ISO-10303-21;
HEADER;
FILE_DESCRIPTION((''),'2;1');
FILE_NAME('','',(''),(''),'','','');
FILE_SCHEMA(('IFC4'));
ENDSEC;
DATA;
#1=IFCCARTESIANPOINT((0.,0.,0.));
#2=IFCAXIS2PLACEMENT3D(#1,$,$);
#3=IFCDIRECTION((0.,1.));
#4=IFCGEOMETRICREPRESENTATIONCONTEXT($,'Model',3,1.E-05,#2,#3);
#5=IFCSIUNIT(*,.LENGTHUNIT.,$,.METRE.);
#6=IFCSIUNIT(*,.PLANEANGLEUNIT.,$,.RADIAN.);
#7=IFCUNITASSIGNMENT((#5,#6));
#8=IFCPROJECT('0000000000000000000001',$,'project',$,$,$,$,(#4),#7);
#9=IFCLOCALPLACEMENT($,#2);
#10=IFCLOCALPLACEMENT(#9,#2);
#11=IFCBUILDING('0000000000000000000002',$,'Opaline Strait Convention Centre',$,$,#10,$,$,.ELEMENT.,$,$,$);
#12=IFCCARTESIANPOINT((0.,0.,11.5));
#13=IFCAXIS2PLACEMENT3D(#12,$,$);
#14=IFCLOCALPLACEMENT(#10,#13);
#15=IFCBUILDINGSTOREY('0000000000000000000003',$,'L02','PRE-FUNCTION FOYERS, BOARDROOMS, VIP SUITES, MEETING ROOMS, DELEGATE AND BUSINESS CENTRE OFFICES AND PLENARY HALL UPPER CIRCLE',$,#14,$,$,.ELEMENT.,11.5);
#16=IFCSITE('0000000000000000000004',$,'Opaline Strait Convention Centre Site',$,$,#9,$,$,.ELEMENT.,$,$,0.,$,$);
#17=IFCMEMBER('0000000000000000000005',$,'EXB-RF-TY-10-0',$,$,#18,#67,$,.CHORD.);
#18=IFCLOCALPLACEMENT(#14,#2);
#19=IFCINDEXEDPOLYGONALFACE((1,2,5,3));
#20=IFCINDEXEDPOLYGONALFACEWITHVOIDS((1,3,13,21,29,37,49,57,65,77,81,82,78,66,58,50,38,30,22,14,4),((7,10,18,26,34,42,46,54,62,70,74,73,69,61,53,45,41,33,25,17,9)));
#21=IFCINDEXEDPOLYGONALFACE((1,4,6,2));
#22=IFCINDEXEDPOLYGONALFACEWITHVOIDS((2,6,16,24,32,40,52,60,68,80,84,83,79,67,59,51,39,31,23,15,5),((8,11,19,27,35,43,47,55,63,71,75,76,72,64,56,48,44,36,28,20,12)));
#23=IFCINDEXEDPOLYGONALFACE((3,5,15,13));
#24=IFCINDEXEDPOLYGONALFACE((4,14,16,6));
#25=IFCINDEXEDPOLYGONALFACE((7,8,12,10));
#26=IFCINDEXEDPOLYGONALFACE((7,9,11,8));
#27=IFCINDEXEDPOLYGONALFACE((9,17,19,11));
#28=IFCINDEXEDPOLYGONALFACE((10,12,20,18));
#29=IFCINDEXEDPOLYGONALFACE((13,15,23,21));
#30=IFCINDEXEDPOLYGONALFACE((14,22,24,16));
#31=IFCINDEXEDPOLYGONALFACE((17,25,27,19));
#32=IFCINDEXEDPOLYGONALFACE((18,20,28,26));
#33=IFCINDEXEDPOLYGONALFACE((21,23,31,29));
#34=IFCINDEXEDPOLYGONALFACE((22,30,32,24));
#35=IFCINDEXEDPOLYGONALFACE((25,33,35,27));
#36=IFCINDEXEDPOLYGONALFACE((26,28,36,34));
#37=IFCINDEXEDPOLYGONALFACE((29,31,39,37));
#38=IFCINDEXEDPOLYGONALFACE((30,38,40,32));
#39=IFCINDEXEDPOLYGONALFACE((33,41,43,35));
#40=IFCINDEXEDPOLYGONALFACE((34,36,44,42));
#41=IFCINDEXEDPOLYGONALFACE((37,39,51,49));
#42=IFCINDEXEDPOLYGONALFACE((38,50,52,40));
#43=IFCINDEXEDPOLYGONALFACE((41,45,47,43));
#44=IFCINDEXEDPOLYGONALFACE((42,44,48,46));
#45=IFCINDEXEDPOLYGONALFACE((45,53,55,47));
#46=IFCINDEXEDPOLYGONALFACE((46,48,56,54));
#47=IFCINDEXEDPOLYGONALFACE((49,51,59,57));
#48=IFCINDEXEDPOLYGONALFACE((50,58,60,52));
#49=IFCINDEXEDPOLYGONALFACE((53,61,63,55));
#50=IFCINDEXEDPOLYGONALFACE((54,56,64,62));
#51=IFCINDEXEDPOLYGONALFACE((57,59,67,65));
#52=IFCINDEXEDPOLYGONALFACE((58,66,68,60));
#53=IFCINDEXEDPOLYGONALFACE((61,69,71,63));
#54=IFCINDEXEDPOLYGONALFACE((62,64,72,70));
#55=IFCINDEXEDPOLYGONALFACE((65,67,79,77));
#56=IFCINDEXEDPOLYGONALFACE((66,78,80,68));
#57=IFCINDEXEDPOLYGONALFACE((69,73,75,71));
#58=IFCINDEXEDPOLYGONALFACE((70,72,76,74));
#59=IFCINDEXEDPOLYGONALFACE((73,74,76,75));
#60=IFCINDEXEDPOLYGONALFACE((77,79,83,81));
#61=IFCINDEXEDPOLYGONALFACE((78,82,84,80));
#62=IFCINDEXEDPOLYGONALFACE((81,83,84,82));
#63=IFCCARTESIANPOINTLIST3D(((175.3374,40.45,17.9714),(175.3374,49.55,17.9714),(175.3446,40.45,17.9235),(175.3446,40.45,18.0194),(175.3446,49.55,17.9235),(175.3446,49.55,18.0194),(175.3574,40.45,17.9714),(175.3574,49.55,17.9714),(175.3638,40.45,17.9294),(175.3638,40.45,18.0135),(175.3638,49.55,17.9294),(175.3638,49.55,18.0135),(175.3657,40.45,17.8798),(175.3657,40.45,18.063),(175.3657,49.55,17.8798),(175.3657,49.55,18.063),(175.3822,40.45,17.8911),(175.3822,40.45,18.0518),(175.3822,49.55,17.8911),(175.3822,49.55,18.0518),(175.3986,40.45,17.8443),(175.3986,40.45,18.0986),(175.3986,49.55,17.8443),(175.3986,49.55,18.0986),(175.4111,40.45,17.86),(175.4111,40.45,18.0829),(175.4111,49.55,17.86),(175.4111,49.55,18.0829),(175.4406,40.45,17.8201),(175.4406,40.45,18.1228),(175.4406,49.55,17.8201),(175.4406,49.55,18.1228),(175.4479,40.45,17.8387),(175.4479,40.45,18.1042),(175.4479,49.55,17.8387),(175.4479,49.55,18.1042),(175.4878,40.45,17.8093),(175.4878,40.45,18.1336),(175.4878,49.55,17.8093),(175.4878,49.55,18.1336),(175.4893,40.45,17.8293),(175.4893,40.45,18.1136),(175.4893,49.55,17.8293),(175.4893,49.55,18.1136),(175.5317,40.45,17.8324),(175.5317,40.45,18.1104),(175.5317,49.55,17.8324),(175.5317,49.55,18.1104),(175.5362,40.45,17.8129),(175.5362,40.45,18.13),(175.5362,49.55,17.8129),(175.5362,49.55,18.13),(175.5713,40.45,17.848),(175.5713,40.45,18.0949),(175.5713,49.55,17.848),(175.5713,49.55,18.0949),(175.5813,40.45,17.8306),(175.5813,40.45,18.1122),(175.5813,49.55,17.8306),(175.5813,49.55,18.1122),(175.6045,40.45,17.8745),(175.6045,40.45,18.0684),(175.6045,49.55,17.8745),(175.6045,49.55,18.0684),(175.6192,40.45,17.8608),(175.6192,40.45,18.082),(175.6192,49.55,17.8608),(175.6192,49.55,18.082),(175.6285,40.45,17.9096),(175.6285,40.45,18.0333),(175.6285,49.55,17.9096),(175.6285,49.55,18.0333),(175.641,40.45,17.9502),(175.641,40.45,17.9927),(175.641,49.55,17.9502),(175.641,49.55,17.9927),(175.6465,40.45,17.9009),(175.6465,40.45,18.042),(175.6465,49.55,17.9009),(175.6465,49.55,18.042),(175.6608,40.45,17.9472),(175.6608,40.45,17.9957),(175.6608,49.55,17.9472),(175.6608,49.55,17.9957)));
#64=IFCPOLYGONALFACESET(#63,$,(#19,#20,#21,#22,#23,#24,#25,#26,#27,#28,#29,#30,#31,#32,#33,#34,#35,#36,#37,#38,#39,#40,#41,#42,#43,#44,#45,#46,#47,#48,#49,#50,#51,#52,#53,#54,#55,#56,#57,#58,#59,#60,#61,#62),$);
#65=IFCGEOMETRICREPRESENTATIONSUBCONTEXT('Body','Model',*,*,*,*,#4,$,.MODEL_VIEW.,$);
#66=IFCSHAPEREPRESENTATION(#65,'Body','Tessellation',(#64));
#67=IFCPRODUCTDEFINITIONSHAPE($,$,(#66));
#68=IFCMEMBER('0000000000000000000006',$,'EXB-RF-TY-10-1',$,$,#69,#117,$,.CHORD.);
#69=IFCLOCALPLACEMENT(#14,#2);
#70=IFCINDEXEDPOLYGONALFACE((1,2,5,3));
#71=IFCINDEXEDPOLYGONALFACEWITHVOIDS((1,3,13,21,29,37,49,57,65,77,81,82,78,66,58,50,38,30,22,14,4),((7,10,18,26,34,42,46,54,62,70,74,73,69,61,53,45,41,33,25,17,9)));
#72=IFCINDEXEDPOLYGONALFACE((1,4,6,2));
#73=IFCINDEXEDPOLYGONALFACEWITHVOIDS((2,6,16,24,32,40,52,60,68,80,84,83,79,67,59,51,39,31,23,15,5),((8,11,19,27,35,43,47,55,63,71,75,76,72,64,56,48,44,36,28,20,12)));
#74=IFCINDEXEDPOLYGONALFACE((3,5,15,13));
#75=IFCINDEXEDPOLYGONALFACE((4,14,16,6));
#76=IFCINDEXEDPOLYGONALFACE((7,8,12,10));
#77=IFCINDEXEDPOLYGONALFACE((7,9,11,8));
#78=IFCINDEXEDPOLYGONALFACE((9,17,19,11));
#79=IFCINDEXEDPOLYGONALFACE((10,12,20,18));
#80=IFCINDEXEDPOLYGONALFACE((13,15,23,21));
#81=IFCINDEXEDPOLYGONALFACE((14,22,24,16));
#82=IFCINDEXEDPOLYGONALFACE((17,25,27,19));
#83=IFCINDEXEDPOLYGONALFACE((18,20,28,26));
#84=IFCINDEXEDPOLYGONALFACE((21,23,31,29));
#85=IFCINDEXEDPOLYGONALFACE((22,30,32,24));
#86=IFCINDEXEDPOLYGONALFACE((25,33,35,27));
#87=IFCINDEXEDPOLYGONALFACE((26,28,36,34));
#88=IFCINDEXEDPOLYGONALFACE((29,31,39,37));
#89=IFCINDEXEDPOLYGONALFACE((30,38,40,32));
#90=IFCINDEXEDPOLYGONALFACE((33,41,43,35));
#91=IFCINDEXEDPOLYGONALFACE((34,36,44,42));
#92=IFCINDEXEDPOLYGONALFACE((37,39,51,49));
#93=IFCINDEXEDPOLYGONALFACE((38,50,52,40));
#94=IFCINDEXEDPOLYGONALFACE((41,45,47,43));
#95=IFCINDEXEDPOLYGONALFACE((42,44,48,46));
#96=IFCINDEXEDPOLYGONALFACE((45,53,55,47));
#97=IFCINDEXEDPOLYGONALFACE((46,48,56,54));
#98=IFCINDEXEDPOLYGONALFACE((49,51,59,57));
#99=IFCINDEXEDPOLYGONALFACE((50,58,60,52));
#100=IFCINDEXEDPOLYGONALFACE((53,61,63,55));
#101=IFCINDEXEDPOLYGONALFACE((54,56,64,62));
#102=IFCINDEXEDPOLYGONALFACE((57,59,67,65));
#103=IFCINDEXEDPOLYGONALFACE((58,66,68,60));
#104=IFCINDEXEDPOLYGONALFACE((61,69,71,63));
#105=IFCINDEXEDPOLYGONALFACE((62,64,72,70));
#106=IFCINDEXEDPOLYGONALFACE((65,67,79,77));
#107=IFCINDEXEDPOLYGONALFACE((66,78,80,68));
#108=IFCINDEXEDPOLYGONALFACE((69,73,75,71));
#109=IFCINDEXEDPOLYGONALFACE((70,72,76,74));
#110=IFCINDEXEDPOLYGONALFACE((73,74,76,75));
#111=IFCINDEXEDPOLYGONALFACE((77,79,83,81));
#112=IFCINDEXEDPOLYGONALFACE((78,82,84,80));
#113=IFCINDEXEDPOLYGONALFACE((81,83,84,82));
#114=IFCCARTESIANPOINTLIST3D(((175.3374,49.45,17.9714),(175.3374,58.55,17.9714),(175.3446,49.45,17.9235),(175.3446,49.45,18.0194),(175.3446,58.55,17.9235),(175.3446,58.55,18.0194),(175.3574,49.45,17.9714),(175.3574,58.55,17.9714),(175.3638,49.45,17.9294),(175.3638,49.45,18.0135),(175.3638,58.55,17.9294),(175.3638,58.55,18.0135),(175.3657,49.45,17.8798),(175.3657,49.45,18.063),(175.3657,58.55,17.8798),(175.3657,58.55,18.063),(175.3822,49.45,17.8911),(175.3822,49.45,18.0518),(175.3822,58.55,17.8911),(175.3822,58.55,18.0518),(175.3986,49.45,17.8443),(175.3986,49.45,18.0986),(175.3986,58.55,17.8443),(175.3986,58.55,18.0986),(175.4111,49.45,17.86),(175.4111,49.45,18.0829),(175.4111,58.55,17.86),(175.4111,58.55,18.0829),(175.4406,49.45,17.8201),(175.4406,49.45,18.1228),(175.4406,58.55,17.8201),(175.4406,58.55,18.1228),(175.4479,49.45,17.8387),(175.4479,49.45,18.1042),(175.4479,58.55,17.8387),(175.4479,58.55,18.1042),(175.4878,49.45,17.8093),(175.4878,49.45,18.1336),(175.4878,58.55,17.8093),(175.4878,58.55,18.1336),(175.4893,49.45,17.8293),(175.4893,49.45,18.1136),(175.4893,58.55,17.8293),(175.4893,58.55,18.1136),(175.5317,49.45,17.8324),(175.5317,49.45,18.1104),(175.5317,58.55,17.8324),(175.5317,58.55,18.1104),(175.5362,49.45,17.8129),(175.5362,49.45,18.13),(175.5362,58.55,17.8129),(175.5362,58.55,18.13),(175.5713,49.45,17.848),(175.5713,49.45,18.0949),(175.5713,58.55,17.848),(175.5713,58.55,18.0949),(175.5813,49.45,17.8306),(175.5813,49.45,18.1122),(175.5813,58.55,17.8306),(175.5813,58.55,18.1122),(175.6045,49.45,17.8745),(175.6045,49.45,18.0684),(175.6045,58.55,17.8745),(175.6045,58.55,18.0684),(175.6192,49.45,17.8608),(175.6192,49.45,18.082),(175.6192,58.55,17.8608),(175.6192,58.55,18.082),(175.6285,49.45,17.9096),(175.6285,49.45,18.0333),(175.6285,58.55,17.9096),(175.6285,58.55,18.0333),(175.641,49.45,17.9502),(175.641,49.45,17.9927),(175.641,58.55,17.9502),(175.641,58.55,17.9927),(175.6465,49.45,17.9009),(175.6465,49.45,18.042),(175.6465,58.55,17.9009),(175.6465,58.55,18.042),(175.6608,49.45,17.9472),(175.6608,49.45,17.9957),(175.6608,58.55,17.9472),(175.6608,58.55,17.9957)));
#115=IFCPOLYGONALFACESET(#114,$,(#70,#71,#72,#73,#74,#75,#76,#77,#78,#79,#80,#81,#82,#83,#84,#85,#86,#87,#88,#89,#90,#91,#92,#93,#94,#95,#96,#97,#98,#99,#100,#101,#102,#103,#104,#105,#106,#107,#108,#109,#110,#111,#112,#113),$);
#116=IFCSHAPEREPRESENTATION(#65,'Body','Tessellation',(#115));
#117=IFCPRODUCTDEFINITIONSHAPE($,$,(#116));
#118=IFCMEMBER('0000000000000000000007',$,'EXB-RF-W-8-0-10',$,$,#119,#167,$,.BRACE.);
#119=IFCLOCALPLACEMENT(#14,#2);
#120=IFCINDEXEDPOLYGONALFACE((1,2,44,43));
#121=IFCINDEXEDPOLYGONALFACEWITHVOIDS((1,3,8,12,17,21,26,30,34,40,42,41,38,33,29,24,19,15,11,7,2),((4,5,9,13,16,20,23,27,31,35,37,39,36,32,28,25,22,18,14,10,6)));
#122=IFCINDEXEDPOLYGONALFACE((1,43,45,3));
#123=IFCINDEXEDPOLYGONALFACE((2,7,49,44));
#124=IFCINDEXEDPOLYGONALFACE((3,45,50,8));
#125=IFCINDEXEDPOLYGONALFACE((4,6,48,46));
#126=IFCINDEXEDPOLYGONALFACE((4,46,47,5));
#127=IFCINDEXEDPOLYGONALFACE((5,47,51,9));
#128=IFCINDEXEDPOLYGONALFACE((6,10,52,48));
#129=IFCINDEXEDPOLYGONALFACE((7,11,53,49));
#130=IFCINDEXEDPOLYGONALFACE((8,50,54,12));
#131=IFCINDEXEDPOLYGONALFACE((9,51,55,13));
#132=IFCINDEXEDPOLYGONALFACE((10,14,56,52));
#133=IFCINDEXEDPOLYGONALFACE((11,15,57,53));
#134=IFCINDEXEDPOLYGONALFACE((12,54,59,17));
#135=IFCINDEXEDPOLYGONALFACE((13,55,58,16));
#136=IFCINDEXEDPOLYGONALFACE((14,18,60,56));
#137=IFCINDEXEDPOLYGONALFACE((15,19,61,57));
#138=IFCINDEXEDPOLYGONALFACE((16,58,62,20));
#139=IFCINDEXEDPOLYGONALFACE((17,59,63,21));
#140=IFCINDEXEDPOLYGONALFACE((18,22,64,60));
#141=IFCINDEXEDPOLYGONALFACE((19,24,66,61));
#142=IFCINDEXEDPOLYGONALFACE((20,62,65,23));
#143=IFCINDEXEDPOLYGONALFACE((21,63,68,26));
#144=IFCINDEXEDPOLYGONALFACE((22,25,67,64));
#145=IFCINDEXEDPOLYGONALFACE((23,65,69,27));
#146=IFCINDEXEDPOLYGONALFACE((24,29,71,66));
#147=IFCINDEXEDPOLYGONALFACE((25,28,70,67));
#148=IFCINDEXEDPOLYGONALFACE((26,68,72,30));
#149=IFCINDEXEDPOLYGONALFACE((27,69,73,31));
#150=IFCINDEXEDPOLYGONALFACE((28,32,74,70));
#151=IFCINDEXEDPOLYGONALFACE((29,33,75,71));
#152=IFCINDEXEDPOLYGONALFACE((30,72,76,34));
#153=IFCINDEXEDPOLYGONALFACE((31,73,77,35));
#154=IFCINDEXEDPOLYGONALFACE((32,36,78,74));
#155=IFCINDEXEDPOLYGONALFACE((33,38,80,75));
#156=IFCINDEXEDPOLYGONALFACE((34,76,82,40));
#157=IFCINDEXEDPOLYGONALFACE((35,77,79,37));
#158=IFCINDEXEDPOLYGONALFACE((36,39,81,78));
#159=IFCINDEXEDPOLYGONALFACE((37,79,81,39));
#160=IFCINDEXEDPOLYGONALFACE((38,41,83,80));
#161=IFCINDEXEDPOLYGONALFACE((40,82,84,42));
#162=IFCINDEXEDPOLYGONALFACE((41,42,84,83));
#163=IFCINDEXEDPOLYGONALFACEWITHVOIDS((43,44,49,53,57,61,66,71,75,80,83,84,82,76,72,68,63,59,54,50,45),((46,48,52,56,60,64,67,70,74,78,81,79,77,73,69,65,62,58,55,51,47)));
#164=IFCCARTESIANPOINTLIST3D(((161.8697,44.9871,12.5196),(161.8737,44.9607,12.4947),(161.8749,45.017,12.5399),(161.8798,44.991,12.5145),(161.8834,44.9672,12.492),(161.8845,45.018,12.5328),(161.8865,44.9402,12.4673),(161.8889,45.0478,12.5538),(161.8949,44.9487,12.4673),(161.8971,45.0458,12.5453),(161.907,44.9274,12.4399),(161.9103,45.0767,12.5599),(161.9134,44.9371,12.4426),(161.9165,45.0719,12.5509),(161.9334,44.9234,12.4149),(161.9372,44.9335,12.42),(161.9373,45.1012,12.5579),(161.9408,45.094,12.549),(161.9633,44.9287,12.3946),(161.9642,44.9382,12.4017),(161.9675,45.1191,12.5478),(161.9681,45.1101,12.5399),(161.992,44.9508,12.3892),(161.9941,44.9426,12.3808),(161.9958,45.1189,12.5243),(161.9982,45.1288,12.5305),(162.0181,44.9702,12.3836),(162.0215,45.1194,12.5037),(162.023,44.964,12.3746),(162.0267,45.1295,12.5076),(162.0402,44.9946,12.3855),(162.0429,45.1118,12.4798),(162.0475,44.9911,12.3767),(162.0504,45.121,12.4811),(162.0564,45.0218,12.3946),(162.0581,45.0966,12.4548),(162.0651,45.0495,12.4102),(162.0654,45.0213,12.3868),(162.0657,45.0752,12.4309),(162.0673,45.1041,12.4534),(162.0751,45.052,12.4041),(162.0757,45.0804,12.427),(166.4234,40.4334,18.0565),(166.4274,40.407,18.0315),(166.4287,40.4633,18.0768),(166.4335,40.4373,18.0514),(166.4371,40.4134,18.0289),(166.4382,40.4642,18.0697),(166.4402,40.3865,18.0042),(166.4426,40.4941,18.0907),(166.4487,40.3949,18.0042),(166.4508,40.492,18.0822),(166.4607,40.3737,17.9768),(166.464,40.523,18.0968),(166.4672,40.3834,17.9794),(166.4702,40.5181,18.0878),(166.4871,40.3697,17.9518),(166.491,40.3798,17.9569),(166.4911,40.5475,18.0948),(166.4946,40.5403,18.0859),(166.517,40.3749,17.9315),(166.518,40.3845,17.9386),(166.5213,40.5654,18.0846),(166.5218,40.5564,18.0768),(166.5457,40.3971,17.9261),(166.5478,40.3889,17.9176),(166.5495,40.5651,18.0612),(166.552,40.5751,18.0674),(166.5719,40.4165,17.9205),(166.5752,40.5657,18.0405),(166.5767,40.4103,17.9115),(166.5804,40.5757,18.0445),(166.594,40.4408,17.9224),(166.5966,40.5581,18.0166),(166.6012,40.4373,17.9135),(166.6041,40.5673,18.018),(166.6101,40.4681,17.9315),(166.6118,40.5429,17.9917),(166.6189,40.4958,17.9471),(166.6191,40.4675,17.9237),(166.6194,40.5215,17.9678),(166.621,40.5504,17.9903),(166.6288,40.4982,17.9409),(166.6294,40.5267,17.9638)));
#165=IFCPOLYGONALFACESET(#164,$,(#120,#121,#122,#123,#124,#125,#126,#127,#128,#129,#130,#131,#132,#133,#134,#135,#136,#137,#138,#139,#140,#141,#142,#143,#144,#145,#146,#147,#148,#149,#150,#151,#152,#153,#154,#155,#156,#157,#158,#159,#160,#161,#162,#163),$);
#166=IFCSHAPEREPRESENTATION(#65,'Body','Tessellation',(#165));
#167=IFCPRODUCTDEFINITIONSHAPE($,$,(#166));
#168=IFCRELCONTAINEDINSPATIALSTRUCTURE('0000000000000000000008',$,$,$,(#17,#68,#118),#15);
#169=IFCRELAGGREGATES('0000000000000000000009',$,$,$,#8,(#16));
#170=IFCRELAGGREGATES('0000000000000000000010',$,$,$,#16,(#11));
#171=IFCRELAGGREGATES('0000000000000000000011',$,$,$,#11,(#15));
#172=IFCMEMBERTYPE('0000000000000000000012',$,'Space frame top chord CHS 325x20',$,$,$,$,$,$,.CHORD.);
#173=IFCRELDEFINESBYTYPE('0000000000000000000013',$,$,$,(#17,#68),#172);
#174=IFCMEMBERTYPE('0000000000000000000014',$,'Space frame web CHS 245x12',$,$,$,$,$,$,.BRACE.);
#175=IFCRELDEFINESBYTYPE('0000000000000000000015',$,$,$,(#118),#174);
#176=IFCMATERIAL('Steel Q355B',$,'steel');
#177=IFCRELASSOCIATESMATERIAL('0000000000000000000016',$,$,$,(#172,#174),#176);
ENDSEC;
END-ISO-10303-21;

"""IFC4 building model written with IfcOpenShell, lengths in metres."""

from ifc_helpers import new_model, si_unit, direction, frame, origin, origin_2d, place, context, subcontext, project, spatial, hollow_circle, extrude, material, material_profile, profile_set, type_object, element, save


model = new_model("IFC4")

# Units and contexts
model_context = context("Model", 3, precision=1e-05, world=origin(), true_north=direction((0.0, 1.0)))
body_context = subcontext(model_context, "Body", "Model", "MODEL_VIEW")
ifc_project = project(units=[si_unit("LENGTHUNIT", "METRE"), si_unit("PLANEANGLEUNIT", "RADIAN")], contexts=[model_context])

# Site, building, storey
site_placement = place(None, origin())
site = spatial("IfcSite", under=ifc_project, at=site_placement, Name="Opaline Strait Convention Centre Site", CompositionType="ELEMENT", RefElevation=0.0)
building_placement = place(site_placement, origin())
building = spatial("IfcBuilding", under=site, at=building_placement, Name="Opaline Strait Convention Centre", CompositionType="ELEMENT")
storey_placement = place(building_placement, frame((0.0, 0.0, 11.5)))
storey = spatial("IfcBuildingStorey", under=building, at=storey_placement, Name="L02", Description="PRE-FUNCTION FOYERS, BOARDROOMS, VIP SUITES, MEETING ROOMS, DELEGATE AND BUSINESS CENTRE OFFICES AND PLENARY HALL UPPER CIRCLE", CompositionType="ELEMENT", Elevation=11.5)

# Members
ifc_material_1 = material(Name="Steel Q355B", Category="steel")
ifc_material_profile_1 = material_profile(ifc_material_1, hollow_circle(Radius=0.1626, WallThickness=0.02, at=origin_2d()), Name="CHS 325x20")
ifc_profile_set_1 = profile_set([ifc_material_profile_1], Name="Steel Q355B")
member_type_1 = type_object("IfcMemberType", Name="Space frame top chord CHS 325x20", PredefinedType="CHORD", material=ifc_profile_set_1)
for number, where, z_axis, x_axis, name in (
    (1, (175.5, 40.45, 17.9714), (0.0, 1.0, 0.0), (-1.0, 0.0, 0.0), "EXB-RF-TY-10-0"),
    (2, (175.5, 49.45, 17.9714), (0.0, 1.0, 0.0), (-1.0, 0.0, 0.0), "EXB-RF-TY-10-1"),
):
    element("IfcMember", number, at=place(storey_placement, frame(where, z_axis=z_axis, x_axis=x_axis)), inside=storey, type_object=member_type_1, Name=name, PredefinedType="CHORD", context=body_context, shape_type="SweptSolid", body=[
        extrude(hollow_circle(Radius=0.1626, WallThickness=0.02, at=origin_2d()), origin(), (0.0, 0.0, 1.0), 9.1001),
    ])
ifc_material_profile_2 = material_profile(ifc_material_1, hollow_circle(Radius=0.1226, WallThickness=0.012, at=origin_2d()), Name="CHS 245x12")
ifc_profile_set_2 = profile_set([ifc_material_profile_2], Name="Steel Q355B")
member_type_2 = type_object("IfcMemberType", Name="Space frame web CHS 245x12", PredefinedType="BRACE", material=ifc_profile_set_2)
for number, where, z_axis, x_axis, name in (
    (3, (166.5269, 40.4731, 18.0042), (-0.536178, 0.536178, -0.65194), (-0.707107, -0.707107, 0.0), "EXB-RF-W-8-0-10"),
):
    element("IfcMember", number, at=place(storey_placement, frame(where, z_axis=z_axis, x_axis=x_axis)), inside=storey, type_object=member_type_2, Name=name, PredefinedType="BRACE", context=body_context, shape_type="SweptSolid", body=[
        extrude(hollow_circle(Radius=0.1226, WallThickness=0.012, at=origin_2d()), origin(), (0.0, 0.0, 1.0), 8.4929),
    ])

save(model, "model.ifc")
